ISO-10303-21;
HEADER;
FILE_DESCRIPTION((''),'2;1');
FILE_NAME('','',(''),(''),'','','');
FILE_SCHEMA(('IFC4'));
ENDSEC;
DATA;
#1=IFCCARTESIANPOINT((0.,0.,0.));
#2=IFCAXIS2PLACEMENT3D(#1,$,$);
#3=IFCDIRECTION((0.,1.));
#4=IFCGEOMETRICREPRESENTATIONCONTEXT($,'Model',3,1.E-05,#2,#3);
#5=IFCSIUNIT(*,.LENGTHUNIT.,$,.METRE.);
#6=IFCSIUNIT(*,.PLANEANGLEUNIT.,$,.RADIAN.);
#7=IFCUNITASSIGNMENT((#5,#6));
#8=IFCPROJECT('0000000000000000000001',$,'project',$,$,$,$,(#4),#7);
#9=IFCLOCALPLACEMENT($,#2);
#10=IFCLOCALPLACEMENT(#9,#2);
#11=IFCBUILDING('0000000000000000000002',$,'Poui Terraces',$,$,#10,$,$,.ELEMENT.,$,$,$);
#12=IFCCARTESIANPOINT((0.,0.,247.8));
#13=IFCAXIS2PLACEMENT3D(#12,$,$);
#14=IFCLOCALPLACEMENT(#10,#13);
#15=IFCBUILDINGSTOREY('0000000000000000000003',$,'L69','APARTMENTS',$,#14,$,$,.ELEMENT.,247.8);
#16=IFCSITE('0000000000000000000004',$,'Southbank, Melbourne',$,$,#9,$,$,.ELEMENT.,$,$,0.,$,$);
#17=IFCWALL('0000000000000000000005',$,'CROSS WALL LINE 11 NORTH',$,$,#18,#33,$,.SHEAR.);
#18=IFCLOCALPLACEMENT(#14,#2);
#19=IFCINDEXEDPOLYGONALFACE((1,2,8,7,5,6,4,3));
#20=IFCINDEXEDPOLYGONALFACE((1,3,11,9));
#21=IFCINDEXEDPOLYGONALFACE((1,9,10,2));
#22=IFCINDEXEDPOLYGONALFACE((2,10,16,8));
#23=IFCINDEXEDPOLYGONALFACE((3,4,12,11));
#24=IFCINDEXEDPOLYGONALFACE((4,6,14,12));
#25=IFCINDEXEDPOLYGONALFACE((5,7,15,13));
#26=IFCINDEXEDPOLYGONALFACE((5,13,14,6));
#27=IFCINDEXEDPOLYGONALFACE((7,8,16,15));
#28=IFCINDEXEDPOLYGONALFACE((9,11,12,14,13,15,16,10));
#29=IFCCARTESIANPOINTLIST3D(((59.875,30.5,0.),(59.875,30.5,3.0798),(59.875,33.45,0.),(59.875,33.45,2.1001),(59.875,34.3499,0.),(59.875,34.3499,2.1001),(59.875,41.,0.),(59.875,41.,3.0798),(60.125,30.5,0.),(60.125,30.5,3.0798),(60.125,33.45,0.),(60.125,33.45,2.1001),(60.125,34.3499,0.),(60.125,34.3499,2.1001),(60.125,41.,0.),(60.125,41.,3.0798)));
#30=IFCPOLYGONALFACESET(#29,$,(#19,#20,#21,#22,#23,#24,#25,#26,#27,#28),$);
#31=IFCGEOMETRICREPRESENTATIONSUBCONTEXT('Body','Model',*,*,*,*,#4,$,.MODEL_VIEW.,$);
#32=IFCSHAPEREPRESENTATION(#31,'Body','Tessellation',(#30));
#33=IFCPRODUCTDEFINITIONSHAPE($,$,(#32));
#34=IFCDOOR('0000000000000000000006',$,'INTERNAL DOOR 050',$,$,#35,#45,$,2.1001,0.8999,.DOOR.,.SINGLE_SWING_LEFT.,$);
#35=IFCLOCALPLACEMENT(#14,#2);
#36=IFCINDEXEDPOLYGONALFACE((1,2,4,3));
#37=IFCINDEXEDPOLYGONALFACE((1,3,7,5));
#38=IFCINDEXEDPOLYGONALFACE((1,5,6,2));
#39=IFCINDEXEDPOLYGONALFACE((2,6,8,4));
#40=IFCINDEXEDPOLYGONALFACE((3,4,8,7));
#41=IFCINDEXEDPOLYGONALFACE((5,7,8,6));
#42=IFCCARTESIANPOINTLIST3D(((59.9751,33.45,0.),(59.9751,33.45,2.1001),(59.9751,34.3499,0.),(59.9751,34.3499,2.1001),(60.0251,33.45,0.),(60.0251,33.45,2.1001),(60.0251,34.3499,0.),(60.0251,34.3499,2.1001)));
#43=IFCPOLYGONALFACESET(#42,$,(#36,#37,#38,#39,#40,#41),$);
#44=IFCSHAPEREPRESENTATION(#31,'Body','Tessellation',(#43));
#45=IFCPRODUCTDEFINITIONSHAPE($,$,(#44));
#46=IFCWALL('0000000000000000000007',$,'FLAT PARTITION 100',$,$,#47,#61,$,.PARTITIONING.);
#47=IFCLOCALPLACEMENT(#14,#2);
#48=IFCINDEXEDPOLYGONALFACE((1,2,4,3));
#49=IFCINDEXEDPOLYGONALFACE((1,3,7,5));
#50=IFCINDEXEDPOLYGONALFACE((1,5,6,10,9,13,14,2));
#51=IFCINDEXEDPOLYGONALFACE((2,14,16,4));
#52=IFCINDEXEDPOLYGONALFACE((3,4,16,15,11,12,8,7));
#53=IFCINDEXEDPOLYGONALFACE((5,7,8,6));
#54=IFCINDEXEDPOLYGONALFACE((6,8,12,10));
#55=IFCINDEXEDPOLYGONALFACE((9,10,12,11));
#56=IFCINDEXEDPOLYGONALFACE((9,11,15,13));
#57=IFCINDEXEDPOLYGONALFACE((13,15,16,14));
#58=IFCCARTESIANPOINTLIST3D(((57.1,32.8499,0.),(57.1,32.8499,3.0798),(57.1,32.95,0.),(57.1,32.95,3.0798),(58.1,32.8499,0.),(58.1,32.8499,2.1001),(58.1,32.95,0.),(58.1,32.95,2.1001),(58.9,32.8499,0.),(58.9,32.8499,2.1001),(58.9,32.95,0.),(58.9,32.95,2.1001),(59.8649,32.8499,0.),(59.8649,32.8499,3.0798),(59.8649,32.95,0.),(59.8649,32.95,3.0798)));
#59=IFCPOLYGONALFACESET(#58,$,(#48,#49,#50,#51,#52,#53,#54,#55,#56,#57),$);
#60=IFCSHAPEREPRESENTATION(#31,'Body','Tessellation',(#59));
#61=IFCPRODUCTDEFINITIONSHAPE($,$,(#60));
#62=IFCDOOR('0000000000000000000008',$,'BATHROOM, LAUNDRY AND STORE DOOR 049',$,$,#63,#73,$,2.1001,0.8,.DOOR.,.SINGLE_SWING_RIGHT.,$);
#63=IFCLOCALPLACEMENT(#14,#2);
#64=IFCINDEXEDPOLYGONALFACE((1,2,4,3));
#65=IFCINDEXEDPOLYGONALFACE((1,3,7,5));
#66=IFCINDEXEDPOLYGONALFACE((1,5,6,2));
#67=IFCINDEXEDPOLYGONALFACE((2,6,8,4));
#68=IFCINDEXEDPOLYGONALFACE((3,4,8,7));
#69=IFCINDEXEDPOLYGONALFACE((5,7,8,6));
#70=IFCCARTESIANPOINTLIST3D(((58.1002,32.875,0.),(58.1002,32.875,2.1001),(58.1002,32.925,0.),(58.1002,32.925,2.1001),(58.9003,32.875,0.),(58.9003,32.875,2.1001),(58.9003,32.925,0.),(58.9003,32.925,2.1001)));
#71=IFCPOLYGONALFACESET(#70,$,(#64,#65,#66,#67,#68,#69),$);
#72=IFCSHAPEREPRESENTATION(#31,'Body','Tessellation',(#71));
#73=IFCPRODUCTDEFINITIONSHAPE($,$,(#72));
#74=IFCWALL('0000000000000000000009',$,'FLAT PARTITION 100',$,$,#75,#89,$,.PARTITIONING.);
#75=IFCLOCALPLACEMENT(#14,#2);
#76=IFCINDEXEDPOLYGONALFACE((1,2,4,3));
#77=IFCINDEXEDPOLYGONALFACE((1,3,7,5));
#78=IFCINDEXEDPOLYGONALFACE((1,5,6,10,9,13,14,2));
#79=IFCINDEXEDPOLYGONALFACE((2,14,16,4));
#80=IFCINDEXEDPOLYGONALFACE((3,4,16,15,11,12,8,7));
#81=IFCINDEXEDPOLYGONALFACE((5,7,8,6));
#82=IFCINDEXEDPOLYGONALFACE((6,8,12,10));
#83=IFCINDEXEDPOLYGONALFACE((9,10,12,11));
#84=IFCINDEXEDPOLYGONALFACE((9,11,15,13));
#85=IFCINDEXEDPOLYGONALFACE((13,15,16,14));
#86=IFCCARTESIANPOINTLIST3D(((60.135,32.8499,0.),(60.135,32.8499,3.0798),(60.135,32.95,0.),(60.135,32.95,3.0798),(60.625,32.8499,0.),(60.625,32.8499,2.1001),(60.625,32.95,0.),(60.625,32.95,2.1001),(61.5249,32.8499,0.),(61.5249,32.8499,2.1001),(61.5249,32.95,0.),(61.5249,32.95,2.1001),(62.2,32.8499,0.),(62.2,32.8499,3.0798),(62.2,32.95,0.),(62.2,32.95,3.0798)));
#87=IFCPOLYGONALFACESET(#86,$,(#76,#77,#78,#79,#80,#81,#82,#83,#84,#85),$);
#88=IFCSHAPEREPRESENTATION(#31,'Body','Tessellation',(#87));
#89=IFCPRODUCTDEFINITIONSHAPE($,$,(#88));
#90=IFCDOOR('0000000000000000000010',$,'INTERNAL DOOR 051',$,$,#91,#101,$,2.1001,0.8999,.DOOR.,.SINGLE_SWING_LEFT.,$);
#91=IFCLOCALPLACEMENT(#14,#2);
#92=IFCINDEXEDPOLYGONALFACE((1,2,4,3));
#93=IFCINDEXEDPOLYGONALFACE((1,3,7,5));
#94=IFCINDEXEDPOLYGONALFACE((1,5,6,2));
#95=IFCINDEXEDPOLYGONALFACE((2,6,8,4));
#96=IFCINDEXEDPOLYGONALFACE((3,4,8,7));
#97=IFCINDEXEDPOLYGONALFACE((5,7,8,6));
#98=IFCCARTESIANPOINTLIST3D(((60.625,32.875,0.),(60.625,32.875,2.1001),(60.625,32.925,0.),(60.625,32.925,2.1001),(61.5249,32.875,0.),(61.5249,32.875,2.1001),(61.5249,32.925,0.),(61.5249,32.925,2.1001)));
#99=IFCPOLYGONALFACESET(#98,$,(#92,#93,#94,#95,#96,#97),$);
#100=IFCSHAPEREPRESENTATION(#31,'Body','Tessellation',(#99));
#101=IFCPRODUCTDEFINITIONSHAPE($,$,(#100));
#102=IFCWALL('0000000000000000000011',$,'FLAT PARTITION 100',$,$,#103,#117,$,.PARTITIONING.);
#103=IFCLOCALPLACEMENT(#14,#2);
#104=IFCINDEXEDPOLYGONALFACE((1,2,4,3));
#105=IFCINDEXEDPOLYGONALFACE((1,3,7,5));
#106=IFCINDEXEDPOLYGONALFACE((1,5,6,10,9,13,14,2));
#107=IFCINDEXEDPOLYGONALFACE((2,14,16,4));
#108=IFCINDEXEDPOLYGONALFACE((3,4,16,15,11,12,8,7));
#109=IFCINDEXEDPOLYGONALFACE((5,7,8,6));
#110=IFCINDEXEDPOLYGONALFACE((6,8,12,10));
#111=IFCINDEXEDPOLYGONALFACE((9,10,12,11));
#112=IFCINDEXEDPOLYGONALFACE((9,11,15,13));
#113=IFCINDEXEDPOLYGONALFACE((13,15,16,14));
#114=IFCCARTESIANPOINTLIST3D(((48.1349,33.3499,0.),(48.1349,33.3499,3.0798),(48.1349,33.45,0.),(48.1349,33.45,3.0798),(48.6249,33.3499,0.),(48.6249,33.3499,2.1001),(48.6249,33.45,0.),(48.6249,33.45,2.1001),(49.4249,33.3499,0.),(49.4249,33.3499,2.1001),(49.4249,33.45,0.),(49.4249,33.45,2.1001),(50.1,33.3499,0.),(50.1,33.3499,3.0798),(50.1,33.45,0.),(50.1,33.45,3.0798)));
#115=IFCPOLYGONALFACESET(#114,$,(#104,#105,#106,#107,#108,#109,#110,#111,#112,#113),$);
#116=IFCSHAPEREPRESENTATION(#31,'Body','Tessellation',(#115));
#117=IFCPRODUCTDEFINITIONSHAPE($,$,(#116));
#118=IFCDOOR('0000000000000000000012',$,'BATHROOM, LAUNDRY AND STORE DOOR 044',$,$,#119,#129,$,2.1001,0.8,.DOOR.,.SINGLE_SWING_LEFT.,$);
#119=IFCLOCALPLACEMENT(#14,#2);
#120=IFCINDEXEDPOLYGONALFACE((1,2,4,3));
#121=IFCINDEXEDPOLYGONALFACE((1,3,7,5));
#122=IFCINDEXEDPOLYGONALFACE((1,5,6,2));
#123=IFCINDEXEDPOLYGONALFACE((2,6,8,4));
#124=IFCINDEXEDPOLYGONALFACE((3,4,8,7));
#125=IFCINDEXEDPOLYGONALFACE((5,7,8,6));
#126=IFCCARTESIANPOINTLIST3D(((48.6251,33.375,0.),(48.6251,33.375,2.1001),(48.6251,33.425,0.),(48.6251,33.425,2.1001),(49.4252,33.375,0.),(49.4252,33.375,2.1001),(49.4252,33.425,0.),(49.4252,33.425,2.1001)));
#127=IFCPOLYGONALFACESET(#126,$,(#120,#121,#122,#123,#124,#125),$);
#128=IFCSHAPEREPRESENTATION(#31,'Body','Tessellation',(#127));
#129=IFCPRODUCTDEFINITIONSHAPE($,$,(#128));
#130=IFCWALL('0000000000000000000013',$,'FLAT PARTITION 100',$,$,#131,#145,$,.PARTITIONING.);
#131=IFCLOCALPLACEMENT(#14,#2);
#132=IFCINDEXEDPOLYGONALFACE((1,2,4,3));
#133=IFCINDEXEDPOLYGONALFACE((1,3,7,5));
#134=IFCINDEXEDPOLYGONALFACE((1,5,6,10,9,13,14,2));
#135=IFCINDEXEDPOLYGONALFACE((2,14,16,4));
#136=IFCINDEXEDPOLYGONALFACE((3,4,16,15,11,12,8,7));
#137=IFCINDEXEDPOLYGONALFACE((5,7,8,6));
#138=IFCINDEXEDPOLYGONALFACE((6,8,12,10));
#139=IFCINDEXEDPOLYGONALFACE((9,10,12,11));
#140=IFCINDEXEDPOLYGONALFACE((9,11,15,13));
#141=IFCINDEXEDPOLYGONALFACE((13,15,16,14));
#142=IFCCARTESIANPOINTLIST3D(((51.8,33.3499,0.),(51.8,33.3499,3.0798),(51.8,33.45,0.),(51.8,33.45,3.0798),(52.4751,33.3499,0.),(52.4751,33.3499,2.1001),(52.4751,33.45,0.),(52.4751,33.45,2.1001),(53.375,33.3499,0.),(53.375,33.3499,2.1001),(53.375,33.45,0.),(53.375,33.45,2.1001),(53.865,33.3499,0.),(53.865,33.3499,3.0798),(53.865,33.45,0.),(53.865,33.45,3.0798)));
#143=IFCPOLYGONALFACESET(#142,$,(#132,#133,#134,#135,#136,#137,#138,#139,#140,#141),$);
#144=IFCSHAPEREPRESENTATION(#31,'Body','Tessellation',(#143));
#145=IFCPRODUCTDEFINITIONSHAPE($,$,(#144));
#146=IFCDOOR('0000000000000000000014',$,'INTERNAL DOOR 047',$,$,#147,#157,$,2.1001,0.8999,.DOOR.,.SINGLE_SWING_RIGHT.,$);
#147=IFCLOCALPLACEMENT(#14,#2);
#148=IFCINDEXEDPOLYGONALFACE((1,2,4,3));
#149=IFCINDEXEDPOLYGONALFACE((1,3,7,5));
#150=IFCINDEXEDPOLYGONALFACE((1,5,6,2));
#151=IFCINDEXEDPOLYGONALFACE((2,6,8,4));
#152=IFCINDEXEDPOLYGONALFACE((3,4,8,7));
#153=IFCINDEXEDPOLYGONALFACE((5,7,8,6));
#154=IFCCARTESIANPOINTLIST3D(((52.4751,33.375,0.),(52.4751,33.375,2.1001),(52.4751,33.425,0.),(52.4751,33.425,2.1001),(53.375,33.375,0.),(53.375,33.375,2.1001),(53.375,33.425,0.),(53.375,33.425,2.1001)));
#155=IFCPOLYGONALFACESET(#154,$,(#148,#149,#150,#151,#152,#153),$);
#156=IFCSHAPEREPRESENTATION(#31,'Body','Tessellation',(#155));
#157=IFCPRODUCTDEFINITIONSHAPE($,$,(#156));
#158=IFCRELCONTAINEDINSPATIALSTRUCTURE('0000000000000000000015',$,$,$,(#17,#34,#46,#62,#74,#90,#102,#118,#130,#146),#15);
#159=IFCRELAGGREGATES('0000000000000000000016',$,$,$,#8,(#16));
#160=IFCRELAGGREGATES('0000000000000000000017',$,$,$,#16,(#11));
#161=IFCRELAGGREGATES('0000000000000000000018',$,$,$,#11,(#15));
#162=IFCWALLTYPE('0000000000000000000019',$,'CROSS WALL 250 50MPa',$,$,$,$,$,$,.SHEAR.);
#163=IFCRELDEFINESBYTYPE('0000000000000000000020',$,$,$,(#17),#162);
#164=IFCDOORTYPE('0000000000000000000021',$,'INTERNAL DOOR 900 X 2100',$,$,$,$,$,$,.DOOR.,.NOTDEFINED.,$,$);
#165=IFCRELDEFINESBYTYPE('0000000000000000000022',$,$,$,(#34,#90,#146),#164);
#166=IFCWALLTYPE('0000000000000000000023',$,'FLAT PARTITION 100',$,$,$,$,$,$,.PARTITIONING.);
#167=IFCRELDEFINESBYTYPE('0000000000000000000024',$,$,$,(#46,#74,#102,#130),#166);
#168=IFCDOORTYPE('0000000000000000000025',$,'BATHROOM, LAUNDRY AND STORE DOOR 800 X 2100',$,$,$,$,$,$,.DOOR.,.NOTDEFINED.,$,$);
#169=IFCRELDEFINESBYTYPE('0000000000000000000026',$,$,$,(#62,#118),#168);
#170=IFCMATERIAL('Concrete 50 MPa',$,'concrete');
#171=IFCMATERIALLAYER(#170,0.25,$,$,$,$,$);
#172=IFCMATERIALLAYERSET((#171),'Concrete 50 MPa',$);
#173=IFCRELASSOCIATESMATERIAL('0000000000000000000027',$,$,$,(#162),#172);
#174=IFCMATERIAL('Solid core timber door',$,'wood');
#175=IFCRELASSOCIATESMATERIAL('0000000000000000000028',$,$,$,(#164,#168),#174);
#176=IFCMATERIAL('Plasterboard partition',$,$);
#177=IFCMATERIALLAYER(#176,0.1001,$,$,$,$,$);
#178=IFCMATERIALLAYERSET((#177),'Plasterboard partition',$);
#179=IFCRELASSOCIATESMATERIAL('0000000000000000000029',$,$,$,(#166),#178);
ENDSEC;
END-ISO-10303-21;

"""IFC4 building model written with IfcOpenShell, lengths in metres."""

from ifc_helpers import new_model, si_unit, direction, frame, frame_2d, origin, place, context, subcontext, project, spatial, rectangle, extrude, material, layer, layer_set, type_object, element, fill, save


model = new_model("IFC4")

# Units and contexts
model_context = context("Model", 3, precision=1e-05, world=origin(), true_north=direction((0.0, 1.0)))
body_context = subcontext(model_context, "Body", "Model", "MODEL_VIEW")
ifc_project = project(units=[si_unit("LENGTHUNIT", "METRE"), si_unit("PLANEANGLEUNIT", "RADIAN")], contexts=[model_context])

# Site, building, storey
site_placement = place(None, origin())
site = spatial("IfcSite", under=ifc_project, at=site_placement, Name="Southbank, Melbourne", CompositionType="ELEMENT", RefElevation=0.0)
building_placement = place(site_placement, origin())
building = spatial("IfcBuilding", under=site, at=building_placement, Name="Poui Terraces", CompositionType="ELEMENT")
storey_placement = place(building_placement, frame((0.0, 0.0, 247.8)))
storey = spatial("IfcBuildingStorey", under=building, at=storey_placement, Name="L69", Description="APARTMENTS", CompositionType="ELEMENT", Elevation=247.8)

# Walls, openings, doors
ifc_material_1 = material(Name="Concrete 50 MPa", Category="concrete")
ifc_layer_1 = layer(ifc_material_1, 0.25)
ifc_layer_set_1 = layer_set([ifc_layer_1], Name="Concrete 50 MPa")
wall_type_1 = type_object("IfcWallType", Name="CROSS WALL 250 50MPa", PredefinedType="SHEAR", material=ifc_layer_set_1)
wall_1_placement = place(storey_placement, frame((60.0, 30.5, 0.0), z_axis=(0.0, 0.0, 1.0), x_axis=(0.0, 1.0, 0.0)))
wall_1 = element("IfcWall", 1, at=wall_1_placement, inside=storey, type_object=wall_type_1, Name="CROSS WALL LINE 11 NORTH", PredefinedType="SHEAR", context=body_context, shape_type="SweptSolid", body=[
    extrude(rectangle(XDim=10.5, YDim=0.25, at=frame_2d((5.25, 0.0))), origin(), (0.0, 0.0, 1.0), 3.0798),
])
opening_1_placement = place(wall_1_placement, frame((2.95, 0.0, 0.0)))
opening_1 = element("IfcOpeningElement", 2, at=opening_1_placement, cuts=wall_1, PredefinedType="OPENING", context=body_context, shape_type="SweptSolid", body=[
    extrude(rectangle(XDim=0.8999, YDim=2.1001, at=frame_2d((0.45, 1.05))), frame((0.0, 0.135, 0.0), z_axis=(0.0, -1.0, 0.0), x_axis=(1.0, 0.0, 0.0)), (0.0, 0.0, 1.0), 0.27),
])
ifc_material_2 = material(Name="Solid core timber door", Category="wood")
door_type_1 = type_object("IfcDoorType", Name="INTERNAL DOOR 900 X 2100", OperationType="NOTDEFINED", PredefinedType="DOOR", material=ifc_material_2)
door_1_placement = place(opening_1_placement, origin())
door_1 = element("IfcDoor", 3, at=door_1_placement, inside=storey, type_object=door_type_1, Name="INTERNAL DOOR 050", OperationType="SINGLE_SWING_LEFT", OverallHeight=2.1001, OverallWidth=0.8999, PredefinedType="DOOR", context=body_context, shape_type="SweptSolid", body=[
    extrude(rectangle(XDim=0.8999, YDim=2.1001, at=frame_2d((0.45, 1.05))), frame((0.0, 0.0249, 0.0), z_axis=(0.0, -1.0, 0.0), x_axis=(1.0, 0.0, 0.0)), (0.0, 0.0, 1.0), 0.05),
])
fill(opening_1, door_1)
ifc_material_3 = material(Name="Plasterboard partition")
ifc_layer_2 = layer(ifc_material_3, 0.1001)
ifc_layer_set_2 = layer_set([ifc_layer_2], Name="Plasterboard partition")
wall_type_2 = type_object("IfcWallType", Name="FLAT PARTITION 100", PredefinedType="PARTITIONING", material=ifc_layer_set_2)
wall_2_placement = place(storey_placement, frame((57.1001, 32.8999, 0.0), z_axis=(0.0, 0.0, 1.0), x_axis=(1.0, 0.0, 0.0)))
wall_2 = element("IfcWall", 4, at=wall_2_placement, inside=storey, type_object=wall_type_2, Name="FLAT PARTITION 100", PredefinedType="PARTITIONING", context=body_context, shape_type="SweptSolid", body=[
    extrude(rectangle(XDim=2.7649, YDim=0.1001, at=frame_2d((1.3823, 0.0))), origin(), (0.0, 0.0, 1.0), 3.0798),
])
opening_2_placement = place(wall_2_placement, frame((1.0, 0.0, 0.0)))
opening_2 = element("IfcOpeningElement", 5, at=opening_2_placement, cuts=wall_2, PredefinedType="OPENING", context=body_context, shape_type="SweptSolid", body=[
    extrude(rectangle(XDim=0.8, YDim=2.1001, at=frame_2d((0.3999, 1.05))), frame((0.0, 0.0601, 0.0), z_axis=(0.0, -1.0, 0.0), x_axis=(1.0, 0.0, 0.0)), (0.0, 0.0, 1.0), 0.1201),
])
door_type_2 = type_object("IfcDoorType", Name="BATHROOM, LAUNDRY AND STORE DOOR 800 X 2100", OperationType="NOTDEFINED", PredefinedType="DOOR", material=ifc_material_2)
door_2_placement = place(opening_2_placement, frame((0.8, 0.0, 0.0), z_axis=(0.0, 0.0, 1.0), x_axis=(-1.0, 0.0, 0.0)))
door_2 = element("IfcDoor", 6, at=door_2_placement, inside=storey, type_object=door_type_2, Name="BATHROOM, LAUNDRY AND STORE DOOR 049", OperationType="SINGLE_SWING_RIGHT", OverallHeight=2.1001, OverallWidth=0.8, PredefinedType="DOOR", context=body_context, shape_type="SweptSolid", body=[
    extrude(rectangle(XDim=0.8, YDim=2.1001, at=frame_2d((0.3999, 1.05))), frame((0.0, 0.0249, 0.0), z_axis=(0.0, -1.0, 0.0), x_axis=(1.0, 0.0, 0.0)), (0.0, 0.0, 1.0), 0.05),
])
fill(opening_2, door_2)
wall_3_placement = place(storey_placement, frame((60.135, 32.8999, 0.0), z_axis=(0.0, 0.0, 1.0), x_axis=(1.0, 0.0, 0.0)))
wall_3 = element("IfcWall", 7, at=wall_3_placement, inside=storey, type_object=wall_type_2, Name="FLAT PARTITION 100", PredefinedType="PARTITIONING", context=body_context, shape_type="SweptSolid", body=[
    extrude(rectangle(XDim=2.0649, YDim=0.1001, at=frame_2d((1.0325, 0.0))), origin(), (0.0, 0.0, 1.0), 3.0798),
])
opening_3_placement = place(wall_3_placement, frame((0.49, 0.0, 0.0)))
opening_3 = element("IfcOpeningElement", 8, at=opening_3_placement, cuts=wall_3, PredefinedType="OPENING", context=body_context, shape_type="SweptSolid", body=[
    extrude(rectangle(XDim=0.8999, YDim=2.1001, at=frame_2d((0.45, 1.05))), frame((0.0, 0.0601, 0.0), z_axis=(0.0, -1.0, 0.0), x_axis=(1.0, 0.0, 0.0)), (0.0, 0.0, 1.0), 0.1201),
])
door_3_placement = place(opening_3_placement, frame((0.8999, 0.0, 0.0), z_axis=(0.0, 0.0, 1.0), x_axis=(-1.0, 0.0, 0.0)))
door_3 = element("IfcDoor", 9, at=door_3_placement, inside=storey, type_object=door_type_1, Name="INTERNAL DOOR 051", OperationType="SINGLE_SWING_LEFT", OverallHeight=2.1001, OverallWidth=0.8999, PredefinedType="DOOR", context=body_context, shape_type="SweptSolid", body=[
    extrude(rectangle(XDim=0.8999, YDim=2.1001, at=frame_2d((0.45, 1.05))), frame((0.0, 0.0249, 0.0), z_axis=(0.0, -1.0, 0.0), x_axis=(1.0, 0.0, 0.0)), (0.0, 0.0, 1.0), 0.05),
])
fill(opening_3, door_3)
wall_4_placement = place(storey_placement, frame((48.135, 33.3999, 0.0), z_axis=(0.0, 0.0, 1.0), x_axis=(1.0, 0.0, 0.0)))
wall_4 = element("IfcWall", 10, at=wall_4_placement, inside=storey, type_object=wall_type_2, Name="FLAT PARTITION 100", PredefinedType="PARTITIONING", context=body_context, shape_type="SweptSolid", body=[
    extrude(rectangle(XDim=1.9651, YDim=0.1001, at=frame_2d((0.9824, 0.0))), origin(), (0.0, 0.0, 1.0), 3.0798),
])
opening_4_placement = place(wall_4_placement, frame((0.49, 0.0, 0.0)))
opening_4 = element("IfcOpeningElement", 11, at=opening_4_placement, cuts=wall_4, PredefinedType="OPENING", context=body_context, shape_type="SweptSolid", body=[
    extrude(rectangle(XDim=0.8, YDim=2.1001, at=frame_2d((0.3999, 1.05))), frame((0.0, 0.0601, 0.0), z_axis=(0.0, -1.0, 0.0), x_axis=(1.0, 0.0, 0.0)), (0.0, 0.0, 1.0), 0.1201),
])
door_4_placement = place(opening_4_placement, frame((0.8, 0.0, 0.0), z_axis=(0.0, 0.0, 1.0), x_axis=(-1.0, 0.0, 0.0)))
door_4 = element("IfcDoor", 12, at=door_4_placement, inside=storey, type_object=door_type_2, Name="BATHROOM, LAUNDRY AND STORE DOOR 044", OperationType="SINGLE_SWING_LEFT", OverallHeight=2.1001, OverallWidth=0.8, PredefinedType="DOOR", context=body_context, shape_type="SweptSolid", body=[
    extrude(rectangle(XDim=0.8, YDim=2.1001, at=frame_2d((0.3999, 1.05))), frame((0.0, 0.0249, 0.0), z_axis=(0.0, -1.0, 0.0), x_axis=(1.0, 0.0, 0.0)), (0.0, 0.0, 1.0), 0.05),
])
fill(opening_4, door_4)
wall_5_placement = place(storey_placement, frame((51.8, 33.3999, 0.0), z_axis=(0.0, 0.0, 1.0), x_axis=(1.0, 0.0, 0.0)))
wall_5 = element("IfcWall", 13, at=wall_5_placement, inside=storey, type_object=wall_type_2, Name="FLAT PARTITION 100", PredefinedType="PARTITIONING", context=body_context, shape_type="SweptSolid", body=[
    extrude(rectangle(XDim=2.0649, YDim=0.1001, at=frame_2d((1.0325, 0.0))), origin(), (0.0, 0.0, 1.0), 3.0798),
])
opening_5_placement = place(wall_5_placement, frame((0.675, 0.0, 0.0)))
opening_5 = element("IfcOpeningElement", 14, at=opening_5_placement, cuts=wall_5, PredefinedType="OPENING", context=body_context, shape_type="SweptSolid", body=[
    extrude(rectangle(XDim=0.8999, YDim=2.1001, at=frame_2d((0.45, 1.05))), frame((0.0, 0.0601, 0.0), z_axis=(0.0, -1.0, 0.0), x_axis=(1.0, 0.0, 0.0)), (0.0, 0.0, 1.0), 0.1201),
])
door_5_placement = place(opening_5_placement, frame((0.8999, 0.0, 0.0), z_axis=(0.0, 0.0, 1.0), x_axis=(-1.0, 0.0, 0.0)))
door_5 = element("IfcDoor", 15, at=door_5_placement, inside=storey, type_object=door_type_1, Name="INTERNAL DOOR 047", OperationType="SINGLE_SWING_RIGHT", OverallHeight=2.1001, OverallWidth=0.8999, PredefinedType="DOOR", context=body_context, shape_type="SweptSolid", body=[
    extrude(rectangle(XDim=0.8999, YDim=2.1001, at=frame_2d((0.45, 1.05))), frame((0.0, 0.0249, 0.0), z_axis=(0.0, -1.0, 0.0), x_axis=(1.0, 0.0, 0.0)), (0.0, 0.0, 1.0), 0.05),
])
fill(opening_5, door_5)

save(model, "model.ifc")
